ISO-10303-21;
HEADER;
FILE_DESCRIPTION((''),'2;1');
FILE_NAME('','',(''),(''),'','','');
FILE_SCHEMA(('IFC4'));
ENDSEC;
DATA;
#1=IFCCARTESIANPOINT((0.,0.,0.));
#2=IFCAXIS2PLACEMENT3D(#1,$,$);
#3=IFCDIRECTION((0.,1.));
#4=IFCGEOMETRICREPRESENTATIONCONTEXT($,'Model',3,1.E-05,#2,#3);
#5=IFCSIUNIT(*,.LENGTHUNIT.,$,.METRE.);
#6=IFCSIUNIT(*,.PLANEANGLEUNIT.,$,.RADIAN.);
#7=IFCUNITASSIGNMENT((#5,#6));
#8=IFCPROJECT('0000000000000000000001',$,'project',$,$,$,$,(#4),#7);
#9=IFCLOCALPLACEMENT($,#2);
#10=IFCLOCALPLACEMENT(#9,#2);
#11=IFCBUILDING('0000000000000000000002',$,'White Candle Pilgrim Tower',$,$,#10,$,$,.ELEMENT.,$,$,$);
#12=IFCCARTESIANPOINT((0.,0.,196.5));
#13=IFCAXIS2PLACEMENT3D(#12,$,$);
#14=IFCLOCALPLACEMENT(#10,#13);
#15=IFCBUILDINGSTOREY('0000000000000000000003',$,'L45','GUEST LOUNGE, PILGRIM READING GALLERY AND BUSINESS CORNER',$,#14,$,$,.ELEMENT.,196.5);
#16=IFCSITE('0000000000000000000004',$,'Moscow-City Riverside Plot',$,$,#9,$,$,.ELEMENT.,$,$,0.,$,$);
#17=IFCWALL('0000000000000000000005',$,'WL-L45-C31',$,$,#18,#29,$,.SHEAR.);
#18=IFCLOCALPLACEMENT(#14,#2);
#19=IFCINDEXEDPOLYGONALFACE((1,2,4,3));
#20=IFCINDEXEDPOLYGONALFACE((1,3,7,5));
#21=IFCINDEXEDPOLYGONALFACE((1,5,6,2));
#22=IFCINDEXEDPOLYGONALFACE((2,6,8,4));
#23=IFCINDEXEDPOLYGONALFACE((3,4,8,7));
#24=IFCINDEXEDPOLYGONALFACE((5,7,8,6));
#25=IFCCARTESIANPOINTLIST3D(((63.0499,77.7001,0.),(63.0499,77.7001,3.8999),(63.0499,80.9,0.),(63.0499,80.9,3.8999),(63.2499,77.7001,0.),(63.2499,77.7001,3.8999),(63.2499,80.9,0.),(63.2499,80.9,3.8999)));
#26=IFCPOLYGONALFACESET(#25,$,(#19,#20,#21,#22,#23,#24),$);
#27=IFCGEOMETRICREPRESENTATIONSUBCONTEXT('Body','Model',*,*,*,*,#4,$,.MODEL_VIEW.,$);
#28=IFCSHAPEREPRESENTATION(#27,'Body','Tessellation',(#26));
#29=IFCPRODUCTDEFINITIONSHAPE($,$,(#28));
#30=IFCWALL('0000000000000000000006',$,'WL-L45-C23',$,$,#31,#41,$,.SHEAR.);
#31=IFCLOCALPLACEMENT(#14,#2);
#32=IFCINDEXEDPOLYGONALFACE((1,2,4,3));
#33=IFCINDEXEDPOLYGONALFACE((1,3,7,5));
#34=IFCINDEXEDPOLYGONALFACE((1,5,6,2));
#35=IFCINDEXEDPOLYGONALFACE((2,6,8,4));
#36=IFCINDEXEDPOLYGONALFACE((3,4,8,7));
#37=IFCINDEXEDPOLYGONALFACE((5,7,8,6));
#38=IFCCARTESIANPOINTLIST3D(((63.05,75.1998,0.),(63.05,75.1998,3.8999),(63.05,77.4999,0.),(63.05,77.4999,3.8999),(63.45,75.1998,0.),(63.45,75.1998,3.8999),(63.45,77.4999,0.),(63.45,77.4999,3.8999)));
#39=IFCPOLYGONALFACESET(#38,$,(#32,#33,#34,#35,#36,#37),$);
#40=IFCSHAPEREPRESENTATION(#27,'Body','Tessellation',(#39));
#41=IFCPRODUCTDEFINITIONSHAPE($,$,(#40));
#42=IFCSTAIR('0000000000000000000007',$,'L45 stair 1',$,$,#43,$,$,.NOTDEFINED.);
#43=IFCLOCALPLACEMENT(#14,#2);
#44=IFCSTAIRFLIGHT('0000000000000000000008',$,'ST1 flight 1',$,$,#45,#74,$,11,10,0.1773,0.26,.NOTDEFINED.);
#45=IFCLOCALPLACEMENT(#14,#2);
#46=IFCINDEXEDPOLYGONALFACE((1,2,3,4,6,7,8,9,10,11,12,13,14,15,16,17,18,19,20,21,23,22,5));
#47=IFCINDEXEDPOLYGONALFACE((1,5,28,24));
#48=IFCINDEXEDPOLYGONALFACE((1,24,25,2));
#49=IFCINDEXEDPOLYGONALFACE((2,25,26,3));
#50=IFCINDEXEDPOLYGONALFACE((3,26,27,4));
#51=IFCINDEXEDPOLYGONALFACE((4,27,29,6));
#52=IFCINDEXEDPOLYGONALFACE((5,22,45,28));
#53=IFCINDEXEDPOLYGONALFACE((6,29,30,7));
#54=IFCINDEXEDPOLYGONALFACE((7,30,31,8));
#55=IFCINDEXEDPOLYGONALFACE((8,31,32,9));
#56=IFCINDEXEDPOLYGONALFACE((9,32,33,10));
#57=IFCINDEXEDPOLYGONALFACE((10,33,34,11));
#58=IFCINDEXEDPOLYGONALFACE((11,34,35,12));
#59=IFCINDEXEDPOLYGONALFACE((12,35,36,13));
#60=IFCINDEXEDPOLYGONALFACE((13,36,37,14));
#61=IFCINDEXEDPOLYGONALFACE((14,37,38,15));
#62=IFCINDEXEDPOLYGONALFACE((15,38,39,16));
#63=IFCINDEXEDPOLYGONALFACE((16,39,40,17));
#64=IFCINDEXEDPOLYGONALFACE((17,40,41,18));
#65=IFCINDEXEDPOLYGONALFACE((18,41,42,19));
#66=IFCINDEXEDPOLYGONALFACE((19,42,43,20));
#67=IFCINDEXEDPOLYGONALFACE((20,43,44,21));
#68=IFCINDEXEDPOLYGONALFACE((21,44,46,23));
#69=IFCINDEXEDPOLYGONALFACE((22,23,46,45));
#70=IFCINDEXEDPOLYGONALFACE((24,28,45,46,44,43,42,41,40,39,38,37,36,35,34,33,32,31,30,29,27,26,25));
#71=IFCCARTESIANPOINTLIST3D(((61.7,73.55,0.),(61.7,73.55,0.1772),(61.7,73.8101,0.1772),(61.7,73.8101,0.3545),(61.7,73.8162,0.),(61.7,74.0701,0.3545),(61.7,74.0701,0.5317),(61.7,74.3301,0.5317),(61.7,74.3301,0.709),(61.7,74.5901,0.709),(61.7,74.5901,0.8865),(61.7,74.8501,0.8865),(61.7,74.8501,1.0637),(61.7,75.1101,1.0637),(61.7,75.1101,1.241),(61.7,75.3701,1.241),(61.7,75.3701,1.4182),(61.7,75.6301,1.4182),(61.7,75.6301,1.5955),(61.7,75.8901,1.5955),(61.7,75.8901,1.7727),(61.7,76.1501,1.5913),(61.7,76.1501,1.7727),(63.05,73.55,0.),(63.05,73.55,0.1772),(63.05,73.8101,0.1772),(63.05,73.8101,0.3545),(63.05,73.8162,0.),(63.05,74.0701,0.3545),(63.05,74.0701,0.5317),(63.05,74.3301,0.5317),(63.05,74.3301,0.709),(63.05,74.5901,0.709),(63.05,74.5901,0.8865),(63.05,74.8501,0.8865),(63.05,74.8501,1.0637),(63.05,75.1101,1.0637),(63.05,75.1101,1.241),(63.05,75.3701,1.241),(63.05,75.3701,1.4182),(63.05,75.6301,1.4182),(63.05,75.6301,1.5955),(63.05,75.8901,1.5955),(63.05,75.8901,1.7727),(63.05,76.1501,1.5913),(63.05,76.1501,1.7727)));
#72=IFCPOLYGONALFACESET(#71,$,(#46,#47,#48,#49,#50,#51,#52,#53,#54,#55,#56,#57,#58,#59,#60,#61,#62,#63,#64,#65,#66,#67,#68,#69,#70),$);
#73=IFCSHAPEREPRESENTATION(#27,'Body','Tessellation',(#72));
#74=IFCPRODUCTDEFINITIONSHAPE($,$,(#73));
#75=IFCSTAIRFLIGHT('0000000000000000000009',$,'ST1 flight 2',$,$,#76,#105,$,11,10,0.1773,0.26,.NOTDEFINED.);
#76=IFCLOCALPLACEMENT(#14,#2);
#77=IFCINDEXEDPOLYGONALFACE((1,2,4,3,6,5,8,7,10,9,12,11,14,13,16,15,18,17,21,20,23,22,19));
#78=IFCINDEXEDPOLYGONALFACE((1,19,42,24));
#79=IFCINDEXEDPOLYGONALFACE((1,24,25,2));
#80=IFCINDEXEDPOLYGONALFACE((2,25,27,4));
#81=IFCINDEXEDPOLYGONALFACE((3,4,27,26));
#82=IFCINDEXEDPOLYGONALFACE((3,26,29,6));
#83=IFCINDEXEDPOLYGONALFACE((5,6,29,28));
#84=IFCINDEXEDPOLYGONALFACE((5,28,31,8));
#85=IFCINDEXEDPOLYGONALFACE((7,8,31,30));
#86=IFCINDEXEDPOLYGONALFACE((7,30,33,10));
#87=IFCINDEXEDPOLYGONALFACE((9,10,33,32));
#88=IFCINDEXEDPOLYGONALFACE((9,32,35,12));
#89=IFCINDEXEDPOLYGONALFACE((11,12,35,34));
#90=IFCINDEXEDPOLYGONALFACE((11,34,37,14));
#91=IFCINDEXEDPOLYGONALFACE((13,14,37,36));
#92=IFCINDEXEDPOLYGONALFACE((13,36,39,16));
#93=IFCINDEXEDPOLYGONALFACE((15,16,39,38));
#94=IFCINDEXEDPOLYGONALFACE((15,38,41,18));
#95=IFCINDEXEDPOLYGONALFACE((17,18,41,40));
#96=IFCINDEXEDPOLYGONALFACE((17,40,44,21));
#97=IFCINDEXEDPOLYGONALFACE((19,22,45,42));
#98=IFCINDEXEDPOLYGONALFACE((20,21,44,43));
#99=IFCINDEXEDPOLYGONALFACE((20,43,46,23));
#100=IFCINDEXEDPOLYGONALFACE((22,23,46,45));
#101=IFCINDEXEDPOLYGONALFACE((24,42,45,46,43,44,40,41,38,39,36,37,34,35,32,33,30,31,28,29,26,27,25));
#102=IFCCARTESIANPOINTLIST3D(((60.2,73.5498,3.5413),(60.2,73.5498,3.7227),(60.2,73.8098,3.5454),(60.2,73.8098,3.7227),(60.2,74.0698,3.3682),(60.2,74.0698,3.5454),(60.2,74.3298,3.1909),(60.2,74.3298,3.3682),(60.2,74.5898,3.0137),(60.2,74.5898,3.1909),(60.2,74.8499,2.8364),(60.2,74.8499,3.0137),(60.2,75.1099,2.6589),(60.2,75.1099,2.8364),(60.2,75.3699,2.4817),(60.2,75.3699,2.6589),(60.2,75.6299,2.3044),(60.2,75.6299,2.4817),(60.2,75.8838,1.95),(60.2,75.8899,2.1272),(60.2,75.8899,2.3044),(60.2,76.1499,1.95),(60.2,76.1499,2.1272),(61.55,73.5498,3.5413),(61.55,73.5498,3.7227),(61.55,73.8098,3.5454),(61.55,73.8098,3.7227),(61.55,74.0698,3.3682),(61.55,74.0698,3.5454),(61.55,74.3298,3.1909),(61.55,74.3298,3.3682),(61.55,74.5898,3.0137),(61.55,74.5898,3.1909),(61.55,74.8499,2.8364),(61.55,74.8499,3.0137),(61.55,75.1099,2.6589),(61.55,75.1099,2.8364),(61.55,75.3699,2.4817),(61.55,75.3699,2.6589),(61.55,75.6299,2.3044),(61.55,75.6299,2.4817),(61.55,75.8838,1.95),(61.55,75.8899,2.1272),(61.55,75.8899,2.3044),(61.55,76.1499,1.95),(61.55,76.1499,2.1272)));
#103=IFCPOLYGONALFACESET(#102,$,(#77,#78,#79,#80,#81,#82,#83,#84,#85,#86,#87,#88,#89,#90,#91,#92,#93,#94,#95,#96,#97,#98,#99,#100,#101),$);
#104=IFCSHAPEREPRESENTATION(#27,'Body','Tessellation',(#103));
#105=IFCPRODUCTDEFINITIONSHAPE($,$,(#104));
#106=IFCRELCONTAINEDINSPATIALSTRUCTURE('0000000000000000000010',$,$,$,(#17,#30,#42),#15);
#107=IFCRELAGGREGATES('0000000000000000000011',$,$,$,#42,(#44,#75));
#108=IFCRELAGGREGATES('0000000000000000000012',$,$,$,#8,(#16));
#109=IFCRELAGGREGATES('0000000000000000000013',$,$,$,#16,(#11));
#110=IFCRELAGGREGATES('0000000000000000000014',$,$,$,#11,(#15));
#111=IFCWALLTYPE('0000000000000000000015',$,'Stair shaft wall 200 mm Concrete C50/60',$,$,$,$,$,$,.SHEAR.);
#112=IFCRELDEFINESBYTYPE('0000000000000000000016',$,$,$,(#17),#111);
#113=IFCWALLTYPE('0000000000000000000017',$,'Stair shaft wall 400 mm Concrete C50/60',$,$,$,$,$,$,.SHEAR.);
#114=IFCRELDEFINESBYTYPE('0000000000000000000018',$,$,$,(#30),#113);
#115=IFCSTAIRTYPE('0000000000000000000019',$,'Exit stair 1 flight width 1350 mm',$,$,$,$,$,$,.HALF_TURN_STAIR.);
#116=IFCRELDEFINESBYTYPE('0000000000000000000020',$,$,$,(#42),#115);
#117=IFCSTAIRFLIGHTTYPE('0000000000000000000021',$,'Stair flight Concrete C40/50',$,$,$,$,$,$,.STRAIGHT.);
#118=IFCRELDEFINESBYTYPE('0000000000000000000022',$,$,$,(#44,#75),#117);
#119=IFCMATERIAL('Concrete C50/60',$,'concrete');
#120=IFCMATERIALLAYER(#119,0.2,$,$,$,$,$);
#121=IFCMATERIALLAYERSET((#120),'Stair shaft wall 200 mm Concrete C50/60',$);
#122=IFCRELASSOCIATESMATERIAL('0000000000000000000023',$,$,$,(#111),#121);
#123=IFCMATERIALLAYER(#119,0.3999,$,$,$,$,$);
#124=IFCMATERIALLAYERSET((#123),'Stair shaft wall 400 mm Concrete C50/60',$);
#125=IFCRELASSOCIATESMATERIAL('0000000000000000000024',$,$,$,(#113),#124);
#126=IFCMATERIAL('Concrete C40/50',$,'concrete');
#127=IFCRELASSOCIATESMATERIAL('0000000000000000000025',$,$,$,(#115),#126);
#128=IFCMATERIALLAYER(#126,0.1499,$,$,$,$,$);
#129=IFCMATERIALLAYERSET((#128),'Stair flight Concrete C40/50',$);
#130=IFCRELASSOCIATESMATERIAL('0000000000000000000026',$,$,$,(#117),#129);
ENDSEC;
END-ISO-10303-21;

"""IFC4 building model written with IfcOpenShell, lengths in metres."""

from ifc_helpers import new_model, si_unit, direction, frame, frame_2d, origin, place, context, subcontext, project, spatial, polyline, rectangle, outline, extrude, material, layer, layer_set, type_object, element, aggregate, save


model = new_model("IFC4")

# Units and contexts
model_context = context("Model", 3, precision=1e-05, world=origin(), true_north=direction((0.0, 1.0)))
body_context = subcontext(model_context, "Body", "Model", "MODEL_VIEW")
ifc_project = project(units=[si_unit("LENGTHUNIT", "METRE"), si_unit("PLANEANGLEUNIT", "RADIAN")], contexts=[model_context])

# Site, building, storey
site_placement = place(None, origin())
site = spatial("IfcSite", under=ifc_project, at=site_placement, Name="Moscow-City Riverside Plot", CompositionType="ELEMENT", RefElevation=0.0)
building_placement = place(site_placement, origin())
building = spatial("IfcBuilding", under=site, at=building_placement, Name="White Candle Pilgrim Tower", CompositionType="ELEMENT")
storey_placement = place(building_placement, frame((0.0, 0.0, 196.5)))
storey = spatial("IfcBuildingStorey", under=building, at=storey_placement, Name="L45", Description="GUEST LOUNGE, PILGRIM READING GALLERY AND BUSINESS CORNER", CompositionType="ELEMENT", Elevation=196.5)

# Shared definitions
ifc_material_1 = material(Name="Concrete C50/60", Category="concrete")
ifc_layer_1 = layer(ifc_material_1, 0.2)
ifc_layer_set_1 = layer_set([ifc_layer_1], Name="Stair shaft wall 200 mm Concrete C50/60")
wall_type_1 = type_object("IfcWallType", Name="Stair shaft wall 200 mm Concrete C50/60", PredefinedType="SHEAR", material=ifc_layer_set_1)

# Walls
wall_1_placement = place(storey_placement, frame((63.1499, 77.7, 0.0), z_axis=(0.0, 0.0, 1.0), x_axis=(0.0, 1.0, 0.0)))
element("IfcWall", 1, at=wall_1_placement, inside=storey, type_object=wall_type_1, Name="WL-L45-C31", PredefinedType="SHEAR", context=body_context, shape_type="SweptSolid", body=[
    extrude(rectangle(XDim=3.2, YDim=0.2, at=frame_2d((1.6001, 0.0))), origin(), (0.0, 0.0, 1.0), 3.8999),
])
ifc_layer_2 = layer(ifc_material_1, 0.3999)
ifc_layer_set_2 = layer_set([ifc_layer_2], Name="Stair shaft wall 400 mm Concrete C50/60")
wall_type_2 = type_object("IfcWallType", Name="Stair shaft wall 400 mm Concrete C50/60", PredefinedType="SHEAR", material=ifc_layer_set_2)
wall_2_placement = place(storey_placement, frame((63.25, 75.2, 0.0), z_axis=(0.0, 0.0, 1.0), x_axis=(0.0, 1.0, 0.0)))
element("IfcWall", 2, at=wall_2_placement, inside=storey, type_object=wall_type_2, Name="WL-L45-C23", PredefinedType="SHEAR", context=body_context, shape_type="SweptSolid", body=[
    extrude(rectangle(XDim=2.3, YDim=0.3999, at=frame_2d((1.1499, 0.0))), origin(), (0.0, 0.0, 1.0), 3.8999),
])

# Stair, stair flights
ifc_material_2 = material(Name="Concrete C40/50", Category="concrete")
stair_type = type_object("IfcStairType", Name="Exit stair 1 flight width 1350 mm", PredefinedType="HALF_TURN_STAIR", material=ifc_material_2)
stair_placement = place(storey_placement, origin())
stair = element("IfcStair", 3, at=stair_placement, inside=storey, type_object=stair_type, Name="L45 stair 1", PredefinedType="NOTDEFINED")
ifc_layer_3 = layer(ifc_material_2, 0.1499)
ifc_layer_set_3 = layer_set([ifc_layer_3], Name="Stair flight Concrete C40/50")
stair_flight_type = type_object("IfcStairFlightType", Name="Stair flight Concrete C40/50", PredefinedType="STRAIGHT", material=ifc_layer_set_3)
stair_flight_1_placement = place(storey_placement, frame((62.375, 73.55, 0.0), z_axis=(0.0, 0.0, 1.0), x_axis=(0.0, 1.0, 0.0)))
stair_flight_1 = element("IfcStairFlight", 4, at=stair_flight_1_placement, type_object=stair_flight_type, Name="ST1 flight 1", NumberOfRisers=11, NumberOfTreads=10, PredefinedType="NOTDEFINED", RiserHeight=0.1773, TreadLength=0.26, context=body_context, shape_type="SweptSolid", body=[
    extrude(outline(polyline([(0.0, 0.0), (0.0, 0.1772), (0.26, 0.1772), (0.26, 0.3545), (0.52, 0.3545), (0.52, 0.5317), (0.78, 0.5317), (0.78, 0.709), (1.04, 0.709), (1.04, 0.8865), (1.3, 0.8865), (1.3, 1.0637), (1.5601, 1.0637), (1.5601, 1.241), (1.8201, 1.241), (1.8201, 1.4182), (2.0801, 1.4182), (2.0801, 1.5955), (2.3401, 1.5955), (2.3401, 1.7727), (2.6001, 1.7727), (2.6001, 1.95), (2.6001, 1.5913), (0.2661, 0.0), (0.0, 0.0)])), frame((0.0, 0.675, 0.0), z_axis=(0.0, -1.0, 0.0), x_axis=(1.0, 0.0, 0.0)), (0.0, 0.0, 1.0), 1.3501),
])
stair_flight_2_placement = place(storey_placement, frame((60.875, 76.1499, 1.95), z_axis=(0.0, 0.0, 1.0), x_axis=(0.0, -1.0, 0.0)))
stair_flight_2 = element("IfcStairFlight", 5, at=stair_flight_2_placement, type_object=stair_flight_type, Name="ST1 flight 2", NumberOfRisers=11, NumberOfTreads=10, PredefinedType="NOTDEFINED", RiserHeight=0.1773, TreadLength=0.26, context=body_context, shape_type="SweptSolid", body=[
    extrude(outline(polyline([(0.0, 0.0), (0.0, 0.1772), (0.26, 0.1772), (0.26, 0.3545), (0.52, 0.3545), (0.52, 0.5317), (0.78, 0.5317), (0.78, 0.709), (1.04, 0.709), (1.04, 0.8865), (1.3, 0.8865), (1.3, 1.0637), (1.5601, 1.0637), (1.5601, 1.241), (1.8201, 1.241), (1.8201, 1.4182), (2.0801, 1.4182), (2.0801, 1.5955), (2.3401, 1.5955), (2.3401, 1.7727), (2.6001, 1.7727), (2.6001, 1.95), (2.6001, 1.5913), (0.2661, 0.0), (0.0, 0.0)])), frame((0.0, 0.675, 0.0), z_axis=(0.0, -1.0, 0.0), x_axis=(1.0, 0.0, 0.0)), (0.0, 0.0, 1.0), 1.3501),
])
aggregate(stair, [stair_flight_1, stair_flight_2])

save(model, "model.ifc")
